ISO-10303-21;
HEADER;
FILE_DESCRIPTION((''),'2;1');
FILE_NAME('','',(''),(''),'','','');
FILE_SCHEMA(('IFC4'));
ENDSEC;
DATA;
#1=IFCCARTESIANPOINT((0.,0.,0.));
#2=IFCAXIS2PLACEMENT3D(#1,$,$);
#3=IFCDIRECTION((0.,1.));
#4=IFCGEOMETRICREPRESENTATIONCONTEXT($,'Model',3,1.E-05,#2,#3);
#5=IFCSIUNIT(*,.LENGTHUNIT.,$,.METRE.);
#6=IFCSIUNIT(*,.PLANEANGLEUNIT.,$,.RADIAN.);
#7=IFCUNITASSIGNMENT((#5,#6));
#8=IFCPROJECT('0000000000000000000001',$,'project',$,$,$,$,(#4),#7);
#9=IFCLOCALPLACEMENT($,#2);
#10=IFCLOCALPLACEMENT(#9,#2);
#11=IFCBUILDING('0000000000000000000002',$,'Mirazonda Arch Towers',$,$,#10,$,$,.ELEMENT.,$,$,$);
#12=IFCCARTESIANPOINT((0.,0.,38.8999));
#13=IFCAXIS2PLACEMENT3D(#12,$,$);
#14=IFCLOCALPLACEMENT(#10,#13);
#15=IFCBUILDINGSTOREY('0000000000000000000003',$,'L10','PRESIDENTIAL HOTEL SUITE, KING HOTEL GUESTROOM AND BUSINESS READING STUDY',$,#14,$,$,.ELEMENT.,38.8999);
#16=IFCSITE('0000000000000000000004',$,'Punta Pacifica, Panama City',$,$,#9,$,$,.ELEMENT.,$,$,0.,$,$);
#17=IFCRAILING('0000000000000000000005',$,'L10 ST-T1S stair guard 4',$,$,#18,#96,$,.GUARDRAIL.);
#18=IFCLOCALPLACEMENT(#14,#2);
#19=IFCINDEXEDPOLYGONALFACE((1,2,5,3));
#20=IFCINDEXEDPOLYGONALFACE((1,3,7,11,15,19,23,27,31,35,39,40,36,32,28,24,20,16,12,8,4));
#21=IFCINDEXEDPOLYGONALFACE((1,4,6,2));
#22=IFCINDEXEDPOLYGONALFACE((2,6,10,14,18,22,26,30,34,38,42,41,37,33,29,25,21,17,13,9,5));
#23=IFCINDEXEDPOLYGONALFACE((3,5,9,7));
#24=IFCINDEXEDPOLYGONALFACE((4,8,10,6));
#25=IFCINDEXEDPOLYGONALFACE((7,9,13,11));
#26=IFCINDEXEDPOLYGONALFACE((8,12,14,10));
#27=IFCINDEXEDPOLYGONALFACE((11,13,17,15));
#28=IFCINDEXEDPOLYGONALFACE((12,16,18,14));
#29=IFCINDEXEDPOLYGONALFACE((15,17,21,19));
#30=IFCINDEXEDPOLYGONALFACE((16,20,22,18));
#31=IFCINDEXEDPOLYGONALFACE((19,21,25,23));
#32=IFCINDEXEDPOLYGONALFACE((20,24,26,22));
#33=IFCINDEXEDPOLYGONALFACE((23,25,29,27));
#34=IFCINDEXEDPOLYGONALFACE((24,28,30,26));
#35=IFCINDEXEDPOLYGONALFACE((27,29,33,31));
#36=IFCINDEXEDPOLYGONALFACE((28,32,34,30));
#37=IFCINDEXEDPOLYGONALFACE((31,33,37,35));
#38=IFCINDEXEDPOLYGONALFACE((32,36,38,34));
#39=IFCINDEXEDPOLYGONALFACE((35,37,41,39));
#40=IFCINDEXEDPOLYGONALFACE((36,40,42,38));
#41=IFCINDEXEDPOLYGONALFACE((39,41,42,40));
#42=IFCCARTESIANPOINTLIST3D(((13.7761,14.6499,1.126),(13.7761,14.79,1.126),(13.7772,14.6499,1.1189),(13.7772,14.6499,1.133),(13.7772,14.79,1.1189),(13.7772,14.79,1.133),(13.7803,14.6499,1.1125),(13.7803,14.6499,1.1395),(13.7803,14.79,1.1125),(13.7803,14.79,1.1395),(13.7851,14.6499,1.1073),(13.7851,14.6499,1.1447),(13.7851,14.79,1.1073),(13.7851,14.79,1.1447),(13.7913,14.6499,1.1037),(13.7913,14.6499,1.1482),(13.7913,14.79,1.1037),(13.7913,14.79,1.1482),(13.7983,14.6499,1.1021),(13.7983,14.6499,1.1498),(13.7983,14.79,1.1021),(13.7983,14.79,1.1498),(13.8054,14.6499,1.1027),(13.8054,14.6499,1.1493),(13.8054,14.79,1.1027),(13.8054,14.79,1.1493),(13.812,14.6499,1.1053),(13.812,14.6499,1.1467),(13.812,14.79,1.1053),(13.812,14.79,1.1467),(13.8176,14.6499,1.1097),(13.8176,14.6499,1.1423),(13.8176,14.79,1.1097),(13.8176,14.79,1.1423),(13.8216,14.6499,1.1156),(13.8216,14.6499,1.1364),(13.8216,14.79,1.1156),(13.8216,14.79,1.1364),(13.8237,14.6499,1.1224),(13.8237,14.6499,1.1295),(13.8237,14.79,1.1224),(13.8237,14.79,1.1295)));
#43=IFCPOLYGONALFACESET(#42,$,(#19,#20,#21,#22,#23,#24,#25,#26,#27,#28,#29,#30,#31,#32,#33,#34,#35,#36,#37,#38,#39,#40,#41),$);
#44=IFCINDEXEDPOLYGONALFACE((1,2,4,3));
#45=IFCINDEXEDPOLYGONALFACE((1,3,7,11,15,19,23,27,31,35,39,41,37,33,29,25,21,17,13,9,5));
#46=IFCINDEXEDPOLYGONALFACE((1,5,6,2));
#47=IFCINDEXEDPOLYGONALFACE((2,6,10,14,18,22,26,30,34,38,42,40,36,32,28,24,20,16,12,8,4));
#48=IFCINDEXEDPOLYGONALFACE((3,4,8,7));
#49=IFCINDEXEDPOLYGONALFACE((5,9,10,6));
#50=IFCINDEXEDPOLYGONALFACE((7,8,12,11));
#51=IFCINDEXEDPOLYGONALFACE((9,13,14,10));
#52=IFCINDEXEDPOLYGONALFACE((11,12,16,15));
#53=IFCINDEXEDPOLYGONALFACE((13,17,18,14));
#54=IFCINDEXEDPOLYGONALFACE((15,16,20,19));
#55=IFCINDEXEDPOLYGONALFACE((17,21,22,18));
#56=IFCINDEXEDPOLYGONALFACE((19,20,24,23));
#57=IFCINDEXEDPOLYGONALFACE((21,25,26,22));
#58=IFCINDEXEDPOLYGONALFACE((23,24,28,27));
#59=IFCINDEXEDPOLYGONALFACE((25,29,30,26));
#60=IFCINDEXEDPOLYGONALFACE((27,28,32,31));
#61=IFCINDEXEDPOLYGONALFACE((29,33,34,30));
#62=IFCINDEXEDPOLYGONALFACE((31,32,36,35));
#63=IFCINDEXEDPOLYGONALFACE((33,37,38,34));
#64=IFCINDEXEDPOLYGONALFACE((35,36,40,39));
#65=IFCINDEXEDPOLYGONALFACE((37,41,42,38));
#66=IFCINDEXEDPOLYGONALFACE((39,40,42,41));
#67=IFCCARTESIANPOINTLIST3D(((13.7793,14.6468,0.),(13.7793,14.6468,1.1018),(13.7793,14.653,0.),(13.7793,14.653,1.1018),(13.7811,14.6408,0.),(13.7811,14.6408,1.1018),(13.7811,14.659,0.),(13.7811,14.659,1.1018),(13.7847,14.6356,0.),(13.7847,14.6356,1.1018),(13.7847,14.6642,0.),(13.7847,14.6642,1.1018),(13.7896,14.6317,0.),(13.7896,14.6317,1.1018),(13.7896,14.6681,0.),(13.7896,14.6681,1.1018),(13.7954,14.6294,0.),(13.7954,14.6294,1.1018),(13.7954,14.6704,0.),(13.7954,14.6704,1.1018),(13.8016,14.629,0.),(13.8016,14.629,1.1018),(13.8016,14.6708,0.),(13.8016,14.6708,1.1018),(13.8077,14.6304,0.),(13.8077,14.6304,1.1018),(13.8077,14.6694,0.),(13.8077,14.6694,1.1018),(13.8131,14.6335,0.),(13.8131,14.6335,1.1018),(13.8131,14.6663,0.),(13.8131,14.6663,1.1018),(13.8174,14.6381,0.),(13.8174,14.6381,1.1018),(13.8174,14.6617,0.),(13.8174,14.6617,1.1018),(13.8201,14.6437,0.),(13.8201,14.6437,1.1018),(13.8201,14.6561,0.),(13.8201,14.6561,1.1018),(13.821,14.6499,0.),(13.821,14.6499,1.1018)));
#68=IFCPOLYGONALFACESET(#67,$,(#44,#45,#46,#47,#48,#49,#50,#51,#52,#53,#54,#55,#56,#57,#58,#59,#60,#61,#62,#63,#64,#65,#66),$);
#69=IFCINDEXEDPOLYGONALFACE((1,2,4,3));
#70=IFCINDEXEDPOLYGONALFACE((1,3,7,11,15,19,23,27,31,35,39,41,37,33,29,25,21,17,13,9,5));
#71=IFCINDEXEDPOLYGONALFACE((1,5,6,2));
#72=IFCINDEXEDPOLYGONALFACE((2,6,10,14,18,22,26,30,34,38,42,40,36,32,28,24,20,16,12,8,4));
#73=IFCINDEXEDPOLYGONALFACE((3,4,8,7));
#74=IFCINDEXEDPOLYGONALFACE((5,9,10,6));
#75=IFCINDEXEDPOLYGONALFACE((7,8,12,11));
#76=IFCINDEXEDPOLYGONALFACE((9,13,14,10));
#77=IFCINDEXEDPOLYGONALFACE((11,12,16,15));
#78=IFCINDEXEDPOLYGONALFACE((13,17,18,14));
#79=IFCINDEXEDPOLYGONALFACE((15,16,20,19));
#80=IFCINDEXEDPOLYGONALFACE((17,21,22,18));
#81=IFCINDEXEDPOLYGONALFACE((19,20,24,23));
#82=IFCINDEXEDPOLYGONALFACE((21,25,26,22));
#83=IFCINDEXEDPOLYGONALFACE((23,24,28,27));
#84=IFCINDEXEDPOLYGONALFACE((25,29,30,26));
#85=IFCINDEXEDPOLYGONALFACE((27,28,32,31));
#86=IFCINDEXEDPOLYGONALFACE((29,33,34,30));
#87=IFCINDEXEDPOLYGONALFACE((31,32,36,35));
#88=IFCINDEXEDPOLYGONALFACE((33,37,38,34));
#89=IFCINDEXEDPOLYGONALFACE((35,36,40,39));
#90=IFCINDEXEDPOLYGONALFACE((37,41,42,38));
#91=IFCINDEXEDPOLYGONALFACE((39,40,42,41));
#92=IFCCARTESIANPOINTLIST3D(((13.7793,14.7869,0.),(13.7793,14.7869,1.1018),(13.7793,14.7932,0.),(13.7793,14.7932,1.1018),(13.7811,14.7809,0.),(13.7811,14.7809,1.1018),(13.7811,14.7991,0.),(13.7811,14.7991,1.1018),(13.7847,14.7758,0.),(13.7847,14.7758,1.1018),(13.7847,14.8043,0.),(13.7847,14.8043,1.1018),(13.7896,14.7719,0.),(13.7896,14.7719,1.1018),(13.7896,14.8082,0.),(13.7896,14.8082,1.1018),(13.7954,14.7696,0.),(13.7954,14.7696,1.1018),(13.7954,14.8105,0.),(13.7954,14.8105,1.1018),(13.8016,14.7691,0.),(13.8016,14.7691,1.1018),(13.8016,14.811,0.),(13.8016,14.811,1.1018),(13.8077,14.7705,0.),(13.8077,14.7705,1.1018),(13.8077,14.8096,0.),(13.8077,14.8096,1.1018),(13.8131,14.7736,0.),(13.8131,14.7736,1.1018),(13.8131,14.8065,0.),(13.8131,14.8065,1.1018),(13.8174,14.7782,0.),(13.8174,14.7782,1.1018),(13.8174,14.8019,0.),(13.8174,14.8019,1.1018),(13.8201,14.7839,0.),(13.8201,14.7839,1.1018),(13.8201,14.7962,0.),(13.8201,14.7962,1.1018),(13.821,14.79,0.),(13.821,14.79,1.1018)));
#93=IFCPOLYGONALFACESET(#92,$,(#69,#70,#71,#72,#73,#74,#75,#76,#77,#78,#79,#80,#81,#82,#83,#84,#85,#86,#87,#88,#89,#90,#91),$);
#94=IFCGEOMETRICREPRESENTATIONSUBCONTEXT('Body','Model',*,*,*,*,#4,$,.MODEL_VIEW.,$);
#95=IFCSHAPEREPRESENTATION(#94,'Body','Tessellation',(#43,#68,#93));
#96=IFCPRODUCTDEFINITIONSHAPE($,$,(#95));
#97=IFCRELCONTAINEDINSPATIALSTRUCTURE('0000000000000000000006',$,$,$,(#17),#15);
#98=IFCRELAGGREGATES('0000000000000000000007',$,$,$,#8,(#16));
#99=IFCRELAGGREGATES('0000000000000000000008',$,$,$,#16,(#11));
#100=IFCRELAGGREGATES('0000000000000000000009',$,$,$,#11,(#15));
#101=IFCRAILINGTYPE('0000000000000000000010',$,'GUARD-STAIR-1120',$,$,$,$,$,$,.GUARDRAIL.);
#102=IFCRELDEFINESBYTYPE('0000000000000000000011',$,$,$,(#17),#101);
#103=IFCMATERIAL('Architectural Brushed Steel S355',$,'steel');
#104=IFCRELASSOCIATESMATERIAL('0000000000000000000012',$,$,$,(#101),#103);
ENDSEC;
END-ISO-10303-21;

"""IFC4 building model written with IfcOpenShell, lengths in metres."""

from ifc_helpers import new_model, si_unit, direction, frame, origin, origin_2d, place, context, subcontext, project, spatial, circle, extrude, material, type_object, element, save


model = new_model("IFC4")

# Units and contexts
model_context = context("Model", 3, precision=1e-05, world=origin(), true_north=direction((0.0, 1.0)))
body_context = subcontext(model_context, "Body", "Model", "MODEL_VIEW")
ifc_project = project(units=[si_unit("LENGTHUNIT", "METRE"), si_unit("PLANEANGLEUNIT", "RADIAN")], contexts=[model_context])

# Site, building, storey
site_placement = place(None, origin())
site = spatial("IfcSite", under=ifc_project, at=site_placement, Name="Punta Pacifica, Panama City", CompositionType="ELEMENT", RefElevation=0.0)
building_placement = place(site_placement, origin())
building = spatial("IfcBuilding", under=site, at=building_placement, Name="Mirazonda Arch Towers", CompositionType="ELEMENT")
storey_placement = place(building_placement, frame((0.0, 0.0, 38.8999)))
storey = spatial("IfcBuildingStorey", under=building, at=storey_placement, Name="L10", Description="PRESIDENTIAL HOTEL SUITE, KING HOTEL GUESTROOM AND BUSINESS READING STUDY", CompositionType="ELEMENT", Elevation=38.8999)

# Shared definitions
ifc_material_1 = material(Name="Architectural Brushed Steel S355", Category="steel")

# Railing
railing_type_1 = type_object("IfcRailingType", Name="GUARD-STAIR-1120", PredefinedType="GUARDRAIL", material=ifc_material_1)
railing_1_placement = place(storey_placement, frame((13.8, 14.6499, 0.0)))
element("IfcRailing", 1, at=railing_1_placement, inside=storey, type_object=railing_type_1, Name="L10 ST-T1S stair guard 4", PredefinedType="GUARDRAIL", context=body_context, shape_type="SweptSolid", body=[
    extrude(circle(Radius=0.0239, at=origin_2d()), frame((0.0, 0.0, 1.126), z_axis=(0.0, 1.0, 0.0), x_axis=(-1.0, 0.0, 0.0)), (0.0, 0.0, 1.0), 0.1401),
    extrude(circle(Radius=0.021, at=origin_2d()), origin(), (0.0, 0.0, 1.0), 1.1018),
    extrude(circle(Radius=0.021, at=origin_2d()), frame((0.0, 0.1401, 0.0)), (0.0, 0.0, 1.0), 1.1018),
])

save(model, "model.ifc")
